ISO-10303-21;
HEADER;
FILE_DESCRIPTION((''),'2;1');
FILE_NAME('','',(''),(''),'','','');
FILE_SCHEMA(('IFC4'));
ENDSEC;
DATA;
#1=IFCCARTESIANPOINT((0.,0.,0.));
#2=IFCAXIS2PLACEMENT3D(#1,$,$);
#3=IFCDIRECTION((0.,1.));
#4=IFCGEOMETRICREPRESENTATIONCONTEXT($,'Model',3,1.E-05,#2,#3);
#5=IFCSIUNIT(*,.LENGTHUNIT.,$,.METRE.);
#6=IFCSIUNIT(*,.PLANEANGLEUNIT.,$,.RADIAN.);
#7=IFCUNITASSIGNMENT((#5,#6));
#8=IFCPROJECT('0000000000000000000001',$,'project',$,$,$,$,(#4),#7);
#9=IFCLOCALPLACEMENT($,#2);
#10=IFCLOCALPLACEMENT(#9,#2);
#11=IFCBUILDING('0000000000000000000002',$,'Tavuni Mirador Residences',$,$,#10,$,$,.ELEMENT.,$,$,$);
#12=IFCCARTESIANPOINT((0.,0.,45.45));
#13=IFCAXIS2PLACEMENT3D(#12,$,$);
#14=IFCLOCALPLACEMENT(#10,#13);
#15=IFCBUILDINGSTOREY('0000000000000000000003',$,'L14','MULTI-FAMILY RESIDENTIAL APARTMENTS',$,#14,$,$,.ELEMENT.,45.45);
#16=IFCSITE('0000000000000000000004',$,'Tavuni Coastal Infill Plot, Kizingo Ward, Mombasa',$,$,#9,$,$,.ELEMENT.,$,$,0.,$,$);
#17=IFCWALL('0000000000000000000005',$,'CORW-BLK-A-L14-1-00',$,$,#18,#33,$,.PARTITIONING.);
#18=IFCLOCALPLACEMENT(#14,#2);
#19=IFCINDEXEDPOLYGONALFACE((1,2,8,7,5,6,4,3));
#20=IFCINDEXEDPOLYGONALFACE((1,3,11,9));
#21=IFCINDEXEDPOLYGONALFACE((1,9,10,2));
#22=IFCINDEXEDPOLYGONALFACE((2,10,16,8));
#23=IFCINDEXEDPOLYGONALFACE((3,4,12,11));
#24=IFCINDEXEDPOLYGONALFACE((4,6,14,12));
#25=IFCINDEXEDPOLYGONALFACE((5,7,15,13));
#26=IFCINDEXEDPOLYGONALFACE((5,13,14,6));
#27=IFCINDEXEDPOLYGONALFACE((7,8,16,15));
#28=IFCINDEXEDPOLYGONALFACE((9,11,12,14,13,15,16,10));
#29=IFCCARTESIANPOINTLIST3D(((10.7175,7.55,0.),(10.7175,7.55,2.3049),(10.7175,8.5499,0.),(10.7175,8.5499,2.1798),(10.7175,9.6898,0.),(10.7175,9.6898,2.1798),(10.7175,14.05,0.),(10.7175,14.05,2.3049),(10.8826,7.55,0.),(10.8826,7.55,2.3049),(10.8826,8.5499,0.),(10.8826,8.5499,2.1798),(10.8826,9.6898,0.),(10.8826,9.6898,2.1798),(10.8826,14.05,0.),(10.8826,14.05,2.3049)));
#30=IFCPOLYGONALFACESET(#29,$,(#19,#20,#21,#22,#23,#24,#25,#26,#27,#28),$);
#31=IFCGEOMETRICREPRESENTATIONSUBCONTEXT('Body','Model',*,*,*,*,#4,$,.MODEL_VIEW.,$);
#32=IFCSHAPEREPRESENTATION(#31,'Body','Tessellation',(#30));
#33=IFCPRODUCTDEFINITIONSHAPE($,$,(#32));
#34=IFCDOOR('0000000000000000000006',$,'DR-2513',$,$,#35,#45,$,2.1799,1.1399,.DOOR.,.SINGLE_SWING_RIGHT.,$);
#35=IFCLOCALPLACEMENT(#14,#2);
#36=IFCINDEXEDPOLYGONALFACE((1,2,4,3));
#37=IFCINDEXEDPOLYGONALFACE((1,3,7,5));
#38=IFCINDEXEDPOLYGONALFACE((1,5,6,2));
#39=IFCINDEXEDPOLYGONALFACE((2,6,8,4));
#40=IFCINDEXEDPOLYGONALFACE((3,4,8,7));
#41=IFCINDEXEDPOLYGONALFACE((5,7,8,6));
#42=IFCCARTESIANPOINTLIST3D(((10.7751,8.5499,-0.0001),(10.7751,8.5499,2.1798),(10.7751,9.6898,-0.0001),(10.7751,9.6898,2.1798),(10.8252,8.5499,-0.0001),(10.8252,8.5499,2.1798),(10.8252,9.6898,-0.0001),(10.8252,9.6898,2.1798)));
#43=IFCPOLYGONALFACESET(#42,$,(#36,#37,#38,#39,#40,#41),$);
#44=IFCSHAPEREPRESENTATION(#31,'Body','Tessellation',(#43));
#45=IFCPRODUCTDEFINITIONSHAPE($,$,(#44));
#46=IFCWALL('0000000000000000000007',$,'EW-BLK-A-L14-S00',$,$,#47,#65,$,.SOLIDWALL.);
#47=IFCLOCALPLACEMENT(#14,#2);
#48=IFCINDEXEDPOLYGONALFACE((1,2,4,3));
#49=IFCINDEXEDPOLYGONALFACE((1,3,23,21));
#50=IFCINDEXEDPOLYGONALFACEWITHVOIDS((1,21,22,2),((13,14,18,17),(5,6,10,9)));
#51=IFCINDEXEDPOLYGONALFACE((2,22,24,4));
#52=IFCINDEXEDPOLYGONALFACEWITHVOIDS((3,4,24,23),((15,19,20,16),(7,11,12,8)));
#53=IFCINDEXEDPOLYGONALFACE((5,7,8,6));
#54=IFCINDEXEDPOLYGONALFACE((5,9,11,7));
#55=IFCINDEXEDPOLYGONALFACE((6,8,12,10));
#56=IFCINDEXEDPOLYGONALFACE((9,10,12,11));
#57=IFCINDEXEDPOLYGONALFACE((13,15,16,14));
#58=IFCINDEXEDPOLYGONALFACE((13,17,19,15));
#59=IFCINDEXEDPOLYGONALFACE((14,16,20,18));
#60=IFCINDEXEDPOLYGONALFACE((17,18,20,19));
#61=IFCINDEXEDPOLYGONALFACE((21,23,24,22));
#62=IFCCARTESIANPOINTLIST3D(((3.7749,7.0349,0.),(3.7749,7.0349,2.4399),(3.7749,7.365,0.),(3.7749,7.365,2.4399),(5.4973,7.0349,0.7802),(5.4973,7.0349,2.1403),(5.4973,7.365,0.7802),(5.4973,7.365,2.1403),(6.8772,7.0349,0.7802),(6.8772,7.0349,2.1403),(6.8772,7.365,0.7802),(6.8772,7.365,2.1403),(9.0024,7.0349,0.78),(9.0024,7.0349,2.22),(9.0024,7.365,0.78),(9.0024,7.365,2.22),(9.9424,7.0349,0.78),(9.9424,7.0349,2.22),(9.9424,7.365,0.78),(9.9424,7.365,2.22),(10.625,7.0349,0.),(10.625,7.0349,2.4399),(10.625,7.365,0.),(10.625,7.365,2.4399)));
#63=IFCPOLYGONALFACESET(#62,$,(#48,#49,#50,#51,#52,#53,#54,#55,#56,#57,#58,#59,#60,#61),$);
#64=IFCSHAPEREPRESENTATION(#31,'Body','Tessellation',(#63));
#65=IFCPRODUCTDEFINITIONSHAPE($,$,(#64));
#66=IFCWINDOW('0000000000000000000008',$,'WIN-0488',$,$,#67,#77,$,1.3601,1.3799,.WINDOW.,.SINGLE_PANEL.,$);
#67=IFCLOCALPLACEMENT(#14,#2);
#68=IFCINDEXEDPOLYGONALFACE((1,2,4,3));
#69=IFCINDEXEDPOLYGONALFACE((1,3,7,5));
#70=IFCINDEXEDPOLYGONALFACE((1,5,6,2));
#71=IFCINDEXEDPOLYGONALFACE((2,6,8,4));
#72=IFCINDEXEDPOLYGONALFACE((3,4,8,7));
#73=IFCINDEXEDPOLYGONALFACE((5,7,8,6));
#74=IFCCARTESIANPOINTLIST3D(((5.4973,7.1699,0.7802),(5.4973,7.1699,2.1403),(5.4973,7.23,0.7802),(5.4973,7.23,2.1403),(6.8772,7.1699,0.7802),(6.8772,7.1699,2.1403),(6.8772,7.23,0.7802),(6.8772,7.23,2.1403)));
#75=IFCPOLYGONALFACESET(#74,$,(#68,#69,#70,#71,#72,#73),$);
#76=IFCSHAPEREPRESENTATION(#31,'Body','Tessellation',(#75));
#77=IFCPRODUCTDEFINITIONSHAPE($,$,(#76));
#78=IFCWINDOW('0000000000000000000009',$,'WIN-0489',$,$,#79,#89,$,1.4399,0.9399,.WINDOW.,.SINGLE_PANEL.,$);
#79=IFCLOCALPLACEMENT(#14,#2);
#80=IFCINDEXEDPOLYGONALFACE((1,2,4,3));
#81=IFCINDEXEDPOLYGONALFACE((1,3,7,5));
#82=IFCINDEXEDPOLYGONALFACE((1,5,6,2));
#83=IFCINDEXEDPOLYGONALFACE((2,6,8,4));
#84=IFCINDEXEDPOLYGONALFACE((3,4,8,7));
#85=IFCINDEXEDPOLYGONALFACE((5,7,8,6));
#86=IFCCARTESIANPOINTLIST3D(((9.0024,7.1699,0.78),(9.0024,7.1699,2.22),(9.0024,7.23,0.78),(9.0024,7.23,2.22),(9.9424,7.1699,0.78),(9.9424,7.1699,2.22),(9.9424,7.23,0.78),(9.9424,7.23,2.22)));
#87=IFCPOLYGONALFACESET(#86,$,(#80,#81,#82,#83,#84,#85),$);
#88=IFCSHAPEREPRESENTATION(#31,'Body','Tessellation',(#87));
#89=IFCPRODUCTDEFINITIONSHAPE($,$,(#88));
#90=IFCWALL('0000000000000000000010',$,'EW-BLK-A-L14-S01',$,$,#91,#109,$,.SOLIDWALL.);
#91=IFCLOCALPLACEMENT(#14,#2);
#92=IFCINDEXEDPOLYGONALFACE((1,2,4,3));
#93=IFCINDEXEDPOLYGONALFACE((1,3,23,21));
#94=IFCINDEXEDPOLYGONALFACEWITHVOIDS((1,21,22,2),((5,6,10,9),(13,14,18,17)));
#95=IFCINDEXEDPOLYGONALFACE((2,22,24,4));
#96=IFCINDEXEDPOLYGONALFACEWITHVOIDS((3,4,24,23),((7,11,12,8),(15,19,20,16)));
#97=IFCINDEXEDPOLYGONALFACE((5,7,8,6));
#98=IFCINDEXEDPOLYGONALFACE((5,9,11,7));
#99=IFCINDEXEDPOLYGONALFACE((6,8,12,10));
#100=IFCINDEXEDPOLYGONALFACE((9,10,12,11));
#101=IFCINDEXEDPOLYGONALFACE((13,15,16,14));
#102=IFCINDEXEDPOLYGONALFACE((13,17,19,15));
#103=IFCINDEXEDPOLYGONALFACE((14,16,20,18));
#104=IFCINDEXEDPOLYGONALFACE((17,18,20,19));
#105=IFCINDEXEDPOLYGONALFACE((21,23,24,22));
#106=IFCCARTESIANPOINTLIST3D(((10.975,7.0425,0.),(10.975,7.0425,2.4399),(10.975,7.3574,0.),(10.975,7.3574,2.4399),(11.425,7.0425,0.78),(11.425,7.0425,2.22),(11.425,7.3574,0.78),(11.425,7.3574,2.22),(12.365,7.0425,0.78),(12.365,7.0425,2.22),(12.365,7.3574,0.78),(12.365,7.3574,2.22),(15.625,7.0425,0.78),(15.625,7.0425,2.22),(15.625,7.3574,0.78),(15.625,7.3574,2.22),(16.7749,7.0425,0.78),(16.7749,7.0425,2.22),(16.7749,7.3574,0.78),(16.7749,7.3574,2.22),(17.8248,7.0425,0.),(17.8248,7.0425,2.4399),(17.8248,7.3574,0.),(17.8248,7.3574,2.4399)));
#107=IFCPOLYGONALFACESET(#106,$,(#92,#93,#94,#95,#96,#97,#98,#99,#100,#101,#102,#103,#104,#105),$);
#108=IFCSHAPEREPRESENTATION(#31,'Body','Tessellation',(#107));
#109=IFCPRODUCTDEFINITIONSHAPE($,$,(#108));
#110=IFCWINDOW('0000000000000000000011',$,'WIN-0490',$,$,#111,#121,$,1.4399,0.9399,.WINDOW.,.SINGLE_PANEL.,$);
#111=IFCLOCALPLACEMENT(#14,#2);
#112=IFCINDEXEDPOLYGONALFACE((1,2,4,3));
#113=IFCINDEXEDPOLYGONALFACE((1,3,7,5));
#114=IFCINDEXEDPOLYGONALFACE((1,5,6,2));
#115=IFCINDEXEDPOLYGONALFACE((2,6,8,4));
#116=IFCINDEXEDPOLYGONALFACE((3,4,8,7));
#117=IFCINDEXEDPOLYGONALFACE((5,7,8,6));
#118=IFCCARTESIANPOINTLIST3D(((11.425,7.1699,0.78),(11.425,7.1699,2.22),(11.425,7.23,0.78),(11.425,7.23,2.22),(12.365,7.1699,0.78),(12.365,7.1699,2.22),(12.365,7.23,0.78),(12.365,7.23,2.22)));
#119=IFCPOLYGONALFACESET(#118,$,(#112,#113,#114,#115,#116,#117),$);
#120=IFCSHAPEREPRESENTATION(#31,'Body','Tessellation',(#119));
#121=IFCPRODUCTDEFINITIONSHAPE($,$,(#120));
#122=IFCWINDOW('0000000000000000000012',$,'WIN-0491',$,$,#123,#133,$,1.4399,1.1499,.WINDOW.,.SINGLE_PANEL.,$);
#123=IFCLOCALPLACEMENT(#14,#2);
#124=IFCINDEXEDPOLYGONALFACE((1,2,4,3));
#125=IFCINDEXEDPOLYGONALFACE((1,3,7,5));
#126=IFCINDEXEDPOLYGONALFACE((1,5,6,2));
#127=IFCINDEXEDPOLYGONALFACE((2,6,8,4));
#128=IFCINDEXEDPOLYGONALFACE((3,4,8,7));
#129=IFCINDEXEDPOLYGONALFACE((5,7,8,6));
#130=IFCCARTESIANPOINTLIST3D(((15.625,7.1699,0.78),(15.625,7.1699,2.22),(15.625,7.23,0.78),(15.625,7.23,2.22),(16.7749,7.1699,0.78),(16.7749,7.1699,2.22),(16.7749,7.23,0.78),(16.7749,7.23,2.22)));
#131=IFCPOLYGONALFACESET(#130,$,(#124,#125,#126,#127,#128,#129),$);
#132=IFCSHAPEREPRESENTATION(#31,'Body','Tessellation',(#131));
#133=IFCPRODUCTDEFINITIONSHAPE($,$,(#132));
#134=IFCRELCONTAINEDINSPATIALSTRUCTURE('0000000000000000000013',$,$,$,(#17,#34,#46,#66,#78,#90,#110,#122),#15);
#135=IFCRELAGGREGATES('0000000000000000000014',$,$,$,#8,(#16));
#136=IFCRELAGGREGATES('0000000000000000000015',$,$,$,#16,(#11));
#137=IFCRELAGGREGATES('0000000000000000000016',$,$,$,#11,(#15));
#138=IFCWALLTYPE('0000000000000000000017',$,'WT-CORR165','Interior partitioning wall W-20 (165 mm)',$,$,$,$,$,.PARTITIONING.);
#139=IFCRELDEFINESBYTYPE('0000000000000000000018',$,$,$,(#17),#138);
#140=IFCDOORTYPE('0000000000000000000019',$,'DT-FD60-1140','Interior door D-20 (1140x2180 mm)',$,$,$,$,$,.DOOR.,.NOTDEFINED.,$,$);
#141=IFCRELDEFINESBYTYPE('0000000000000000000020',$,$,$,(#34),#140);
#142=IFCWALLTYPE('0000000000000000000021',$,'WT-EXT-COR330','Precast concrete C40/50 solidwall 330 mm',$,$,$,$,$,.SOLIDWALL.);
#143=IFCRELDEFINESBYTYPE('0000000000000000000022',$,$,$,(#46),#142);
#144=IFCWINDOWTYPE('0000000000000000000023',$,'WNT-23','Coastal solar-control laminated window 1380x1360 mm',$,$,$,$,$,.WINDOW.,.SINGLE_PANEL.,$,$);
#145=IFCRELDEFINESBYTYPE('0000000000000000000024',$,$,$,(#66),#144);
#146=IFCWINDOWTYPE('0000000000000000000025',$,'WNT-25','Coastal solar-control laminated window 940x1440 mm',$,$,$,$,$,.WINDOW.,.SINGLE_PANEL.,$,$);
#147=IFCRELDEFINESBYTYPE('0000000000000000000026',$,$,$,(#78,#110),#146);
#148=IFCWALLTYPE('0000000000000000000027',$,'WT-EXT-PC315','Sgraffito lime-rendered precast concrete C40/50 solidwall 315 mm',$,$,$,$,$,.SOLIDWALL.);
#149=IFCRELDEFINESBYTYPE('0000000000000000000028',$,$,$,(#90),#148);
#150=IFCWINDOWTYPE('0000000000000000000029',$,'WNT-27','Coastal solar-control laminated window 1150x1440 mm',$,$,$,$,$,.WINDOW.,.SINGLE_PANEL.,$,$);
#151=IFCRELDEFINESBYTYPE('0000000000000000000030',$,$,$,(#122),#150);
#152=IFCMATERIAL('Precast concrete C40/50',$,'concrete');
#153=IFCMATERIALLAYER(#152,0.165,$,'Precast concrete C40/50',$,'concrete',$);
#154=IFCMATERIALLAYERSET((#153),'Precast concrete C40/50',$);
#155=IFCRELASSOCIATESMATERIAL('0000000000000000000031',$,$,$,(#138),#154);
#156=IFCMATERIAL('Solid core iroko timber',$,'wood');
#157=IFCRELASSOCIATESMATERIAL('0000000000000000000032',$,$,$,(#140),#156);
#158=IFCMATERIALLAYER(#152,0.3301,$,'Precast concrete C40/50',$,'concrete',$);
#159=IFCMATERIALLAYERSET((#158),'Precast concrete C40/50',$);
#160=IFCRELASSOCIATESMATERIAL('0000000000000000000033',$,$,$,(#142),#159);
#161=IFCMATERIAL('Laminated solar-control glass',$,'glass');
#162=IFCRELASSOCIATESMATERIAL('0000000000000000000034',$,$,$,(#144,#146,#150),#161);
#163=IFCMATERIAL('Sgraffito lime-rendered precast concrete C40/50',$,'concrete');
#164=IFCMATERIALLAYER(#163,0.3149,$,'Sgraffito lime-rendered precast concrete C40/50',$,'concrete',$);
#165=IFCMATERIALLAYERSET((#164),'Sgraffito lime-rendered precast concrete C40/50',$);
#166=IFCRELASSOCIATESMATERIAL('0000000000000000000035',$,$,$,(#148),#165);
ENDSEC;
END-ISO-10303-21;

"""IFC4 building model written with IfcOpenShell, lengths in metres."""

from ifc_helpers import new_model, si_unit, direction, frame, frame_2d, origin, place, context, subcontext, project, spatial, rectangle, extrude, material, layer, layer_set, type_object, element, fill, save


model = new_model("IFC4")

# Units and contexts
model_context = context("Model", 3, precision=1e-05, world=origin(), true_north=direction((0.0, 1.0)))
body_context = subcontext(model_context, "Body", "Model", "MODEL_VIEW")
ifc_project = project(units=[si_unit("LENGTHUNIT", "METRE"), si_unit("PLANEANGLEUNIT", "RADIAN")], contexts=[model_context])

# Site, building, storey
site_placement = place(None, origin())
site = spatial("IfcSite", under=ifc_project, at=site_placement, Name="Tavuni Coastal Infill Plot, Kizingo Ward, Mombasa", CompositionType="ELEMENT", RefElevation=0.0)
building_placement = place(site_placement, origin())
building = spatial("IfcBuilding", under=site, at=building_placement, Name="Tavuni Mirador Residences", CompositionType="ELEMENT")
storey_placement = place(building_placement, frame((0.0, 0.0, 45.45)))
storey = spatial("IfcBuildingStorey", under=building, at=storey_placement, Name="L14", Description="MULTI-FAMILY RESIDENTIAL APARTMENTS", CompositionType="ELEMENT", Elevation=45.45)

# Shared definitions
ifc_material_1 = material(Name="Precast concrete C40/50", Category="concrete")

# Shared definitions
ifc_material_2 = material(Name="Laminated solar-control glass", Category="glass")

# Wall, opening, door
ifc_layer_1 = layer(ifc_material_1, 0.165, Name="Precast concrete C40/50", Category="concrete")
ifc_layer_set_1 = layer_set([ifc_layer_1], Name="Precast concrete C40/50")
wall_type_1 = type_object("IfcWallType", Name="WT-CORR165", Description="Interior partitioning wall W-20 (165 mm)", PredefinedType="PARTITIONING", material=ifc_layer_set_1)
wall_1_placement = place(storey_placement, frame((10.8, 7.55, 0.0), z_axis=(0.0, 0.0, 1.0), x_axis=(0.0, 1.0, 0.0)))
wall_1 = element("IfcWall", 1, at=wall_1_placement, inside=storey, type_object=wall_type_1, Name="CORW-BLK-A-L14-1-00", PredefinedType="PARTITIONING", context=body_context, shape_type="SweptSolid", body=[
    extrude(rectangle(XDim=6.5, YDim=0.165, at=frame_2d((3.25, 0.0))), origin(), (0.0, 0.0, 1.0), 2.3049),
])
opening_1_placement = place(wall_1_placement, frame((1.0, 0.0, 0.0)))
opening_1 = element("IfcOpeningElement", 2, at=opening_1_placement, cuts=wall_1, PredefinedType="OPENING", context=body_context, shape_type="SweptSolid", body=[
    extrude(rectangle(XDim=1.1399, YDim=2.1799, at=frame_2d((0.5698, 1.0898))), frame((0.0, 0.0925, 0.0), z_axis=(0.0, -1.0, 0.0), x_axis=(1.0, 0.0, 0.0)), (0.0, 0.0, 1.0), 0.1851),
])
ifc_material_3 = material(Name="Solid core iroko timber", Category="wood")
door_type_1 = type_object("IfcDoorType", Name="DT-FD60-1140", Description="Interior door D-20 (1140x2180 mm)", OperationType="NOTDEFINED", PredefinedType="DOOR", material=ifc_material_3)
door_1_placement = place(opening_1_placement, origin())
door_1 = element("IfcDoor", 3, at=door_1_placement, inside=storey, type_object=door_type_1, Name="DR-2513", OperationType="SINGLE_SWING_RIGHT", OverallHeight=2.1799, OverallWidth=1.1399, PredefinedType="DOOR", context=body_context, shape_type="SweptSolid", body=[
    extrude(rectangle(XDim=1.1399, YDim=2.1799, at=frame_2d((0.5698, 1.0898))), frame((0.0, 0.0249, 0.0), z_axis=(0.0, -1.0, 0.0), x_axis=(1.0, 0.0, 0.0)), (0.0, 0.0, 1.0), 0.05),
])
fill(opening_1, door_1)

# Walls, openings, windows
ifc_layer_2 = layer(ifc_material_1, 0.3301, Name="Precast concrete C40/50", Category="concrete")
ifc_layer_set_2 = layer_set([ifc_layer_2], Name="Precast concrete C40/50")
wall_type_2 = type_object("IfcWallType", Name="WT-EXT-COR330", Description="Precast concrete C40/50 solidwall 330 mm", PredefinedType="SOLIDWALL", material=ifc_layer_set_2)
wall_2_placement = place(storey_placement, frame((3.7749, 7.2, 0.0), z_axis=(0.0, 0.0, 1.0), x_axis=(1.0, 0.0, 0.0)))
wall_2 = element("IfcWall", 4, at=wall_2_placement, inside=storey, type_object=wall_type_2, Name="EW-BLK-A-L14-S00", PredefinedType="SOLIDWALL", context=body_context, shape_type="SweptSolid", body=[
    extrude(rectangle(XDim=6.8501, YDim=0.3301, at=frame_2d((3.425, 0.0))), origin(), (0.0, 0.0, 1.0), 2.4399),
])
opening_2_placement = place(wall_2_placement, frame((1.7224, 0.0, 0.78)))
opening_2 = element("IfcOpeningElement", 5, at=opening_2_placement, cuts=wall_2, PredefinedType="OPENING", context=body_context, shape_type="SweptSolid", body=[
    extrude(rectangle(XDim=1.3799, YDim=1.3601, at=frame_2d((0.6899, 0.6802))), frame((0.0, 0.175, 0.0), z_axis=(0.0, -1.0, 0.0), x_axis=(1.0, 0.0, 0.0)), (0.0, 0.0, 1.0), 0.3501),
])
opening_3_placement = place(wall_2_placement, frame((5.2275, 0.0, 0.78)))
opening_3 = element("IfcOpeningElement", 6, at=opening_3_placement, cuts=wall_2, PredefinedType="OPENING", context=body_context, shape_type="SweptSolid", body=[
    extrude(rectangle(XDim=0.9399, YDim=1.4399, at=frame_2d((0.47, 0.72))), frame((0.0, 0.175, 0.0), z_axis=(0.0, -1.0, 0.0), x_axis=(1.0, 0.0, 0.0)), (0.0, 0.0, 1.0), 0.3501),
])
window_type_1 = type_object("IfcWindowType", Name="WNT-23", Description="Coastal solar-control laminated window 1380x1360 mm", PartitioningType="SINGLE_PANEL", PredefinedType="WINDOW", material=ifc_material_2)
window_1_placement = place(opening_2_placement, origin())
window_1 = element("IfcWindow", 7, at=window_1_placement, inside=storey, type_object=window_type_1, Name="WIN-0488", OverallHeight=1.3601, OverallWidth=1.3799, PartitioningType="SINGLE_PANEL", PredefinedType="WINDOW", context=body_context, shape_type="SweptSolid", body=[
    extrude(rectangle(XDim=1.3799, YDim=1.3601, at=frame_2d((0.6899, 0.6802))), frame((0.0, 0.03, 0.0), z_axis=(0.0, -1.0, 0.0), x_axis=(1.0, 0.0, 0.0)), (0.0, 0.0, 1.0), 0.0601),
])
fill(opening_2, window_1)
window_type_2 = type_object("IfcWindowType", Name="WNT-25", Description="Coastal solar-control laminated window 940x1440 mm", PartitioningType="SINGLE_PANEL", PredefinedType="WINDOW", material=ifc_material_2)
window_2_placement = place(opening_3_placement, origin())
window_2 = element("IfcWindow", 8, at=window_2_placement, inside=storey, type_object=window_type_2, Name="WIN-0489", OverallHeight=1.4399, OverallWidth=0.9399, PartitioningType="SINGLE_PANEL", PredefinedType="WINDOW", context=body_context, shape_type="SweptSolid", body=[
    extrude(rectangle(XDim=0.9399, YDim=1.4399, at=frame_2d((0.47, 0.72))), frame((0.0, 0.03, 0.0), z_axis=(0.0, -1.0, 0.0), x_axis=(1.0, 0.0, 0.0)), (0.0, 0.0, 1.0), 0.0601),
])
fill(opening_3, window_2)
ifc_material_4 = material(Name="Sgraffito lime-rendered precast concrete C40/50", Category="concrete")
ifc_layer_3 = layer(ifc_material_4, 0.3149, Name="Sgraffito lime-rendered precast concrete C40/50", Category="concrete")
ifc_layer_set_3 = layer_set([ifc_layer_3], Name="Sgraffito lime-rendered precast concrete C40/50")
wall_type_3 = type_object("IfcWallType", Name="WT-EXT-PC315", Description="Sgraffito lime-rendered precast concrete C40/50 solidwall 315 mm", PredefinedType="SOLIDWALL", material=ifc_layer_set_3)
wall_3_placement = place(storey_placement, frame((10.9751, 7.2, 0.0), z_axis=(0.0, 0.0, 1.0), x_axis=(1.0, 0.0, 0.0)))
wall_3 = element("IfcWall", 9, at=wall_3_placement, inside=storey, type_object=wall_type_3, Name="EW-BLK-A-L14-S01", PredefinedType="SOLIDWALL", context=body_context, shape_type="SweptSolid", body=[
    extrude(rectangle(XDim=6.8499, YDim=0.3149, at=frame_2d((3.4248, 0.0))), origin(), (0.0, 0.0, 1.0), 2.4399),
])
opening_4_placement = place(wall_3_placement, frame((0.45, 0.0, 0.78)))
opening_4 = element("IfcOpeningElement", 10, at=opening_4_placement, cuts=wall_3, PredefinedType="OPENING", context=body_context, shape_type="SweptSolid", body=[
    extrude(rectangle(XDim=0.9399, YDim=1.4399, at=frame_2d((0.47, 0.72))), frame((0.0, 0.1675, 0.0), z_axis=(0.0, -1.0, 0.0), x_axis=(1.0, 0.0, 0.0)), (0.0, 0.0, 1.0), 0.335),
])
opening_5_placement = place(wall_3_placement, frame((4.6499, 0.0, 0.78)))
opening_5 = element("IfcOpeningElement", 11, at=opening_5_placement, cuts=wall_3, PredefinedType="OPENING", context=body_context, shape_type="SweptSolid", body=[
    extrude(rectangle(XDim=1.1499, YDim=1.4399, at=frame_2d((0.575, 0.72))), frame((0.0, 0.1675, 0.0), z_axis=(0.0, -1.0, 0.0), x_axis=(1.0, 0.0, 0.0)), (0.0, 0.0, 1.0), 0.335),
])
window_3_placement = place(opening_4_placement, origin())
window_3 = element("IfcWindow", 12, at=window_3_placement, inside=storey, type_object=window_type_2, Name="WIN-0490", OverallHeight=1.4399, OverallWidth=0.9399, PartitioningType="SINGLE_PANEL", PredefinedType="WINDOW", context=body_context, shape_type="SweptSolid", body=[
    extrude(rectangle(XDim=0.9399, YDim=1.4399, at=frame_2d((0.47, 0.72))), frame((0.0, 0.03, 0.0), z_axis=(0.0, -1.0, 0.0), x_axis=(1.0, 0.0, 0.0)), (0.0, 0.0, 1.0), 0.0601),
])
fill(opening_4, window_3)
window_type_3 = type_object("IfcWindowType", Name="WNT-27", Description="Coastal solar-control laminated window 1150x1440 mm", PartitioningType="SINGLE_PANEL", PredefinedType="WINDOW", material=ifc_material_2)
window_4_placement = place(opening_5_placement, origin())
window_4 = element("IfcWindow", 13, at=window_4_placement, inside=storey, type_object=window_type_3, Name="WIN-0491", OverallHeight=1.4399, OverallWidth=1.1499, PartitioningType="SINGLE_PANEL", PredefinedType="WINDOW", context=body_context, shape_type="SweptSolid", body=[
    extrude(rectangle(XDim=1.1499, YDim=1.4399, at=frame_2d((0.575, 0.72))), frame((0.0, 0.03, 0.0), z_axis=(0.0, -1.0, 0.0), x_axis=(1.0, 0.0, 0.0)), (0.0, 0.0, 1.0), 0.0601),
])
fill(opening_5, window_4)

save(model, "model.ifc")
